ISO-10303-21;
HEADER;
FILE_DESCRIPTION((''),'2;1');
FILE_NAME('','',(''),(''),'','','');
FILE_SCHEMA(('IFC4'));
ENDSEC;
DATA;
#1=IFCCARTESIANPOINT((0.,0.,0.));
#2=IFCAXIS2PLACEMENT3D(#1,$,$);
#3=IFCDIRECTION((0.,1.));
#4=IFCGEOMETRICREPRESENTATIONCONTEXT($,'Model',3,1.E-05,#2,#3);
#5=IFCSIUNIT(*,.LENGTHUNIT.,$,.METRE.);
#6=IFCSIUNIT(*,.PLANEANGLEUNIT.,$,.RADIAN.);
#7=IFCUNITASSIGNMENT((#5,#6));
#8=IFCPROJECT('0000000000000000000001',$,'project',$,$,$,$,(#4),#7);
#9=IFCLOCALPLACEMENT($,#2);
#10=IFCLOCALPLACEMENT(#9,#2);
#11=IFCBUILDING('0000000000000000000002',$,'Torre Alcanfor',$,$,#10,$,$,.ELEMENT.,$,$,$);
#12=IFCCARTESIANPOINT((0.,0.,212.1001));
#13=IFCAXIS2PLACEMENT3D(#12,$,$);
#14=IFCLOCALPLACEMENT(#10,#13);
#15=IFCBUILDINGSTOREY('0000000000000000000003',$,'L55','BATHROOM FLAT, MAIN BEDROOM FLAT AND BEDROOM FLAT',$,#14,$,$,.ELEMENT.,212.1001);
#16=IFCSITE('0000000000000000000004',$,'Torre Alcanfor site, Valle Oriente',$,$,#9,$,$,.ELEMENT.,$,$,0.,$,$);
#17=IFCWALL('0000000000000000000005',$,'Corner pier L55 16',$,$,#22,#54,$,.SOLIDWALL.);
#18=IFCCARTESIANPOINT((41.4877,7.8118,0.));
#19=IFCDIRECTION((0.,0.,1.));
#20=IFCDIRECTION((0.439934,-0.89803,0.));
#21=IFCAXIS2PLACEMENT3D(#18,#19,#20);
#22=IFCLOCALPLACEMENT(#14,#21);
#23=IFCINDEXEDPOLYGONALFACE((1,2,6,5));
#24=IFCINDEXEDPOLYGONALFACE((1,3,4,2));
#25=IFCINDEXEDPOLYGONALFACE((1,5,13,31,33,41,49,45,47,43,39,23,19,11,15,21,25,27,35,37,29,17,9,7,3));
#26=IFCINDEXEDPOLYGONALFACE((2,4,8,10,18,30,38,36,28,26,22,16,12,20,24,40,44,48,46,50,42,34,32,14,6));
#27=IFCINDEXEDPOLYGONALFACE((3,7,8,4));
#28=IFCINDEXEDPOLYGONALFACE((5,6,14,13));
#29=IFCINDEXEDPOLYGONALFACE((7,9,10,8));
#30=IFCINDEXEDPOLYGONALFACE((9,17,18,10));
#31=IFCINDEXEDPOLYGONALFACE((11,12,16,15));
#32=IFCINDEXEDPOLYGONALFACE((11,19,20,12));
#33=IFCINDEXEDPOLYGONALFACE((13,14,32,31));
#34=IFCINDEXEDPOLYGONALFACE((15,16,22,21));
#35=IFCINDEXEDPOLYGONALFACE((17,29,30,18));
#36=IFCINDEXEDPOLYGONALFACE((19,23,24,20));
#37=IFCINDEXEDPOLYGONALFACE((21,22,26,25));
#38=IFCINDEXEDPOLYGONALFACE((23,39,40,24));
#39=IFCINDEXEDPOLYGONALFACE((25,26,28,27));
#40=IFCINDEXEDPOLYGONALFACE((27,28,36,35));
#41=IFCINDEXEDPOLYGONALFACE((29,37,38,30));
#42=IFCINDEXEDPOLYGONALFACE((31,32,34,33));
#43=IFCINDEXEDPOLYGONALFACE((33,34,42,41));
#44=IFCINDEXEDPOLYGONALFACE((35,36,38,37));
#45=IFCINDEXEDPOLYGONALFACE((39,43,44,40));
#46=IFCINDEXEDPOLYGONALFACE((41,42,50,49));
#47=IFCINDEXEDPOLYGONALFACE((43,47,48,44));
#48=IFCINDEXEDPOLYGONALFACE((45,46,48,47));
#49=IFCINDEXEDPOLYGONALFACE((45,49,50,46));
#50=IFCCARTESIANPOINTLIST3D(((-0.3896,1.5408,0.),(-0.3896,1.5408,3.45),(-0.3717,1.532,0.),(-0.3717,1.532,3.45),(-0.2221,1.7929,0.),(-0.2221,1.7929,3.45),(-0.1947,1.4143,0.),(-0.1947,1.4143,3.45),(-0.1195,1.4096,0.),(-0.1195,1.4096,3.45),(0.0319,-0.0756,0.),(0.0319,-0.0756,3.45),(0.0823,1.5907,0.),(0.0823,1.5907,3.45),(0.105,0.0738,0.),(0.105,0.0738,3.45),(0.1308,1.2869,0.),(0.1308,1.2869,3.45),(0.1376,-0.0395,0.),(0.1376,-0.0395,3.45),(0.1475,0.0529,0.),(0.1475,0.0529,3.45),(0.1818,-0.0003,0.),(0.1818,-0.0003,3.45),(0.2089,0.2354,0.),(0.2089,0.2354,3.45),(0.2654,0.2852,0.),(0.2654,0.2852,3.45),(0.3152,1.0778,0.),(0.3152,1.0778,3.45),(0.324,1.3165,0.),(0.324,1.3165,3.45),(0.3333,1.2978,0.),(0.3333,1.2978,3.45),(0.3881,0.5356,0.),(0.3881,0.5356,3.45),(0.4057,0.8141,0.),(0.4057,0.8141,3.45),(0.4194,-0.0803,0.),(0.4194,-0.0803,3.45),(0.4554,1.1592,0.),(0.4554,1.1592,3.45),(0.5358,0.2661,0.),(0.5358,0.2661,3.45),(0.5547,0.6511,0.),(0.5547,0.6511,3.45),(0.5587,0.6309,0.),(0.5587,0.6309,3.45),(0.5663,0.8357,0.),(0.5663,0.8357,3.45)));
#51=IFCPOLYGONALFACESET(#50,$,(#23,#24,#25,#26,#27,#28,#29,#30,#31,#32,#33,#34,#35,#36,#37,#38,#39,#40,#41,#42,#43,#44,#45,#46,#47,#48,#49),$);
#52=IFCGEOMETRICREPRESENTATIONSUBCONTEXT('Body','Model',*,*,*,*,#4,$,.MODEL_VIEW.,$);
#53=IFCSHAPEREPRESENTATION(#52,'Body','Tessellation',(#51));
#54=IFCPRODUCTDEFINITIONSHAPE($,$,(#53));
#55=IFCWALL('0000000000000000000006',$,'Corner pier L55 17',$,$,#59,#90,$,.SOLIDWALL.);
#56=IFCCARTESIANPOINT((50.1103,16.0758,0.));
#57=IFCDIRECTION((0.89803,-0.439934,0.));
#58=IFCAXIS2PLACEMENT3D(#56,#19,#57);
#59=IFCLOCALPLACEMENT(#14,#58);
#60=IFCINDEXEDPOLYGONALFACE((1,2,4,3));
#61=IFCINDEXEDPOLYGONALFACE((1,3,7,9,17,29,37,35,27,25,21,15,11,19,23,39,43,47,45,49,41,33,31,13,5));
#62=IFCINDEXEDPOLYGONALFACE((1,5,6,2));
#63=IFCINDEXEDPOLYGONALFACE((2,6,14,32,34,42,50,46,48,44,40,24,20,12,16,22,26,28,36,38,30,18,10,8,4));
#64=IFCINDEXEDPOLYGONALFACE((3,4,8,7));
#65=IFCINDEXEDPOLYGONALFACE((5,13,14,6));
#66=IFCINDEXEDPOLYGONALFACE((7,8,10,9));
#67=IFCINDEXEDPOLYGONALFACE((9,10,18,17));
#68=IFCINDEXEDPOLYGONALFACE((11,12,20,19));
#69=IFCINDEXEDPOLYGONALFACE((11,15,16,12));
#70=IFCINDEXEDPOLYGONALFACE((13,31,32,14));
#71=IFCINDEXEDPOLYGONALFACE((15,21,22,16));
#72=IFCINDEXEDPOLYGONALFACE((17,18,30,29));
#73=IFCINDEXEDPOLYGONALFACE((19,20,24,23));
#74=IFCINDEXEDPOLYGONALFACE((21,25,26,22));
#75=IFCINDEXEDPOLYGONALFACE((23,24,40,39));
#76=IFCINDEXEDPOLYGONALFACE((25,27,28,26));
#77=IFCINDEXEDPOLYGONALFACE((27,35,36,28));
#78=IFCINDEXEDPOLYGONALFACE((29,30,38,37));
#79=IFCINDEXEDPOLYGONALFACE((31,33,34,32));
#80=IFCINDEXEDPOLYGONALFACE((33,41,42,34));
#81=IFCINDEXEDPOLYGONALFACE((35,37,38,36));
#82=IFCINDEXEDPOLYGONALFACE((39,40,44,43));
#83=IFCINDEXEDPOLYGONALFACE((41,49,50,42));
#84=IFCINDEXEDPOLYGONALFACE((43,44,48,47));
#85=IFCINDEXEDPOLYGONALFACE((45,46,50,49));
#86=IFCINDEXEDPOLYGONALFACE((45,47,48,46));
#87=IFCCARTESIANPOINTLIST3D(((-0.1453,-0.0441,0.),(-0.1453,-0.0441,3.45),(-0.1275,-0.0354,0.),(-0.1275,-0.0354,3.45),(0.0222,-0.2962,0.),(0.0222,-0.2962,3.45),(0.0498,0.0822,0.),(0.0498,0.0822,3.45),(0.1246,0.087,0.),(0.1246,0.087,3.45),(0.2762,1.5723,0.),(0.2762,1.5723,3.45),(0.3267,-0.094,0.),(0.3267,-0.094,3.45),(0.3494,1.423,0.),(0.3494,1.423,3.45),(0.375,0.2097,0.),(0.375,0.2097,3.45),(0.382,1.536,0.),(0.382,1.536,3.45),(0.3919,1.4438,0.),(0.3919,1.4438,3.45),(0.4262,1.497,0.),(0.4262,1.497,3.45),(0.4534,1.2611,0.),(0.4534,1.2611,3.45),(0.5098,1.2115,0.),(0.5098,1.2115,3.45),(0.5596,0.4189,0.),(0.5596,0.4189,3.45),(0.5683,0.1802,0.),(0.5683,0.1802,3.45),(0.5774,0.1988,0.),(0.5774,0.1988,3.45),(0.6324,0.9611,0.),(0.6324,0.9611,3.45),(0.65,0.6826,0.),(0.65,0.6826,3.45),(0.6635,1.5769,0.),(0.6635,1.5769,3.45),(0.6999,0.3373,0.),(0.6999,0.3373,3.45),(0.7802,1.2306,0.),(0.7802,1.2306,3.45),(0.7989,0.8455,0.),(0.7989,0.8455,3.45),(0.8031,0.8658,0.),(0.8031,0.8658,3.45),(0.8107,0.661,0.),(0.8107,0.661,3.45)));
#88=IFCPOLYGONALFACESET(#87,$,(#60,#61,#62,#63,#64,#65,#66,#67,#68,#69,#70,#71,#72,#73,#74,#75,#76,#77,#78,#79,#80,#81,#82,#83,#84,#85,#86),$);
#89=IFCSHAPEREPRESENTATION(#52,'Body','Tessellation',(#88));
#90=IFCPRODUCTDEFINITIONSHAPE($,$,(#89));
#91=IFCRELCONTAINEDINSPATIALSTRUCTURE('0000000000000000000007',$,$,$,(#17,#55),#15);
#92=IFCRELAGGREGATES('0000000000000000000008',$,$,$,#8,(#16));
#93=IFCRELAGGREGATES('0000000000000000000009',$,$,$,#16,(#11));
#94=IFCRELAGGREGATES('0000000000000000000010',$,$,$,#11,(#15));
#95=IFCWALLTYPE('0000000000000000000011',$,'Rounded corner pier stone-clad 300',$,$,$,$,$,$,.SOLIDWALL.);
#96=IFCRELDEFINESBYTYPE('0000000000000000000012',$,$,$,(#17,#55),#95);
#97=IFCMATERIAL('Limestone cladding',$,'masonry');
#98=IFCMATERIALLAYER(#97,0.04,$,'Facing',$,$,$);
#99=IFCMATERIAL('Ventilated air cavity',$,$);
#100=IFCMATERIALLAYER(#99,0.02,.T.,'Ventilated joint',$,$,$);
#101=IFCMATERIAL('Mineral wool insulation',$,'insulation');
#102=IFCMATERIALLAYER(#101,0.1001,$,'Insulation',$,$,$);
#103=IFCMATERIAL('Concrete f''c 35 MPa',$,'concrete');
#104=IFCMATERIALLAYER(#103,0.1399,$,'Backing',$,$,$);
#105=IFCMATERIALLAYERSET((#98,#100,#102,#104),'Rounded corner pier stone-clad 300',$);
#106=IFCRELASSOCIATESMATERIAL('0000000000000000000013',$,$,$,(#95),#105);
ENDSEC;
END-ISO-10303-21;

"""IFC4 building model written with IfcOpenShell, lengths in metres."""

from ifc_helpers import new_model, si_unit, direction, frame, origin, place, context, subcontext, project, spatial, polyline, outline, extrude, material, layer, layer_set, type_object, element, save


model = new_model("IFC4")

# Units and contexts
model_context = context("Model", 3, precision=1e-05, world=origin(), true_north=direction((0.0, 1.0)))
body_context = subcontext(model_context, "Body", "Model", "MODEL_VIEW")
ifc_project = project(units=[si_unit("LENGTHUNIT", "METRE"), si_unit("PLANEANGLEUNIT", "RADIAN")], contexts=[model_context])

# Site, building, storey
site_placement = place(None, origin())
site = spatial("IfcSite", under=ifc_project, at=site_placement, Name="Torre Alcanfor site, Valle Oriente", CompositionType="ELEMENT", RefElevation=0.0)
building_placement = place(site_placement, origin())
building = spatial("IfcBuilding", under=site, at=building_placement, Name="Torre Alcanfor", CompositionType="ELEMENT")
storey_placement = place(building_placement, frame((0.0, 0.0, 212.1001)))
storey = spatial("IfcBuildingStorey", under=building, at=storey_placement, Name="L55", Description="BATHROOM FLAT, MAIN BEDROOM FLAT AND BEDROOM FLAT", CompositionType="ELEMENT", Elevation=212.1001)

# Shared definitions
ifc_material_1 = material(Name="Limestone cladding", Category="masonry")
ifc_material_2 = material(Name="Ventilated air cavity")
ifc_material_3 = material(Name="Mineral wool insulation", Category="insulation")
ifc_material_4 = material(Name="Concrete f'c 35 MPa", Category="concrete")

# Walls
ifc_layer_1 = layer(ifc_material_1, 0.04, Name="Facing")
ifc_layer_2 = layer(ifc_material_2, 0.02, ventilated=True, Name="Ventilated joint")
ifc_layer_3 = layer(ifc_material_3, 0.1001, Name="Insulation")
ifc_layer_4 = layer(ifc_material_4, 0.1399, Name="Backing")
ifc_layer_set_1 = layer_set([ifc_layer_1, ifc_layer_2, ifc_layer_3, ifc_layer_4], Name="Rounded corner pier stone-clad 300")
wall_type_1 = type_object("IfcWallType", Name="Rounded corner pier stone-clad 300", PredefinedType="SOLIDWALL", material=ifc_layer_set_1)
wall_1_placement = place(storey_placement, frame((41.4877, 7.8118, 0.0), z_axis=(0.0, 0.0, 1.0), x_axis=(0.439934, -0.89803, 0.0)))
element("IfcWall", 1, at=wall_1_placement, inside=storey, type_object=wall_type_1, Name="Corner pier L55 16", PredefinedType="SOLIDWALL", context=body_context, shape_type="SweptSolid", body=[
    extrude(outline(polyline([(-0.2221, 1.7929), (-0.3896, 1.5408), (-0.3717, 1.532), (-0.1947, 1.4143), (-0.1195, 1.4096), (0.1308, 1.2869), (0.3152, 1.0778), (0.4057, 0.8141), (0.3881, 0.5356), (0.2654, 0.2852), (0.2089, 0.2354), (0.1475, 0.0529), (0.105, 0.0738), (0.0319, -0.0756), (0.1376, -0.0395), (0.1818, -0.0003), (0.4194, -0.0803), (0.5358, 0.2661), (0.5587, 0.6309), (0.5547, 0.6511), (0.5663, 0.8357), (0.4554, 1.1592), (0.3333, 1.2978), (0.324, 1.3165), (0.0823, 1.5907), (-0.2221, 1.7929)])), origin(), (0.0, 0.0, 1.0), 3.45),
])
wall_2_placement = place(storey_placement, frame((50.1103, 16.0758, 0.0), z_axis=(0.0, 0.0, 1.0), x_axis=(0.89803, -0.439934, 0.0)))
element("IfcWall", 2, at=wall_2_placement, inside=storey, type_object=wall_type_1, Name="Corner pier L55 17", PredefinedType="SOLIDWALL", context=body_context, shape_type="SweptSolid", body=[
    extrude(outline(polyline([(0.6635, 1.5769), (0.4262, 1.497), (0.382, 1.536), (0.2762, 1.5723), (0.3494, 1.423), (0.3919, 1.4438), (0.4534, 1.2611), (0.5098, 1.2115), (0.6324, 0.9611), (0.65, 0.6826), (0.5596, 0.4189), (0.375, 0.2097), (0.1246, 0.087), (0.0498, 0.0822), (-0.1275, -0.0354), (-0.1453, -0.0441), (0.0222, -0.2962), (0.3267, -0.094), (0.5683, 0.1802), (0.5774, 0.1988), (0.6999, 0.3373), (0.8107, 0.661), (0.7989, 0.8455), (0.8031, 0.8658), (0.7802, 1.2306), (0.6635, 1.5769)])), origin(), (0.0, 0.0, 1.0), 3.45),
])

save(model, "model.ifc")
